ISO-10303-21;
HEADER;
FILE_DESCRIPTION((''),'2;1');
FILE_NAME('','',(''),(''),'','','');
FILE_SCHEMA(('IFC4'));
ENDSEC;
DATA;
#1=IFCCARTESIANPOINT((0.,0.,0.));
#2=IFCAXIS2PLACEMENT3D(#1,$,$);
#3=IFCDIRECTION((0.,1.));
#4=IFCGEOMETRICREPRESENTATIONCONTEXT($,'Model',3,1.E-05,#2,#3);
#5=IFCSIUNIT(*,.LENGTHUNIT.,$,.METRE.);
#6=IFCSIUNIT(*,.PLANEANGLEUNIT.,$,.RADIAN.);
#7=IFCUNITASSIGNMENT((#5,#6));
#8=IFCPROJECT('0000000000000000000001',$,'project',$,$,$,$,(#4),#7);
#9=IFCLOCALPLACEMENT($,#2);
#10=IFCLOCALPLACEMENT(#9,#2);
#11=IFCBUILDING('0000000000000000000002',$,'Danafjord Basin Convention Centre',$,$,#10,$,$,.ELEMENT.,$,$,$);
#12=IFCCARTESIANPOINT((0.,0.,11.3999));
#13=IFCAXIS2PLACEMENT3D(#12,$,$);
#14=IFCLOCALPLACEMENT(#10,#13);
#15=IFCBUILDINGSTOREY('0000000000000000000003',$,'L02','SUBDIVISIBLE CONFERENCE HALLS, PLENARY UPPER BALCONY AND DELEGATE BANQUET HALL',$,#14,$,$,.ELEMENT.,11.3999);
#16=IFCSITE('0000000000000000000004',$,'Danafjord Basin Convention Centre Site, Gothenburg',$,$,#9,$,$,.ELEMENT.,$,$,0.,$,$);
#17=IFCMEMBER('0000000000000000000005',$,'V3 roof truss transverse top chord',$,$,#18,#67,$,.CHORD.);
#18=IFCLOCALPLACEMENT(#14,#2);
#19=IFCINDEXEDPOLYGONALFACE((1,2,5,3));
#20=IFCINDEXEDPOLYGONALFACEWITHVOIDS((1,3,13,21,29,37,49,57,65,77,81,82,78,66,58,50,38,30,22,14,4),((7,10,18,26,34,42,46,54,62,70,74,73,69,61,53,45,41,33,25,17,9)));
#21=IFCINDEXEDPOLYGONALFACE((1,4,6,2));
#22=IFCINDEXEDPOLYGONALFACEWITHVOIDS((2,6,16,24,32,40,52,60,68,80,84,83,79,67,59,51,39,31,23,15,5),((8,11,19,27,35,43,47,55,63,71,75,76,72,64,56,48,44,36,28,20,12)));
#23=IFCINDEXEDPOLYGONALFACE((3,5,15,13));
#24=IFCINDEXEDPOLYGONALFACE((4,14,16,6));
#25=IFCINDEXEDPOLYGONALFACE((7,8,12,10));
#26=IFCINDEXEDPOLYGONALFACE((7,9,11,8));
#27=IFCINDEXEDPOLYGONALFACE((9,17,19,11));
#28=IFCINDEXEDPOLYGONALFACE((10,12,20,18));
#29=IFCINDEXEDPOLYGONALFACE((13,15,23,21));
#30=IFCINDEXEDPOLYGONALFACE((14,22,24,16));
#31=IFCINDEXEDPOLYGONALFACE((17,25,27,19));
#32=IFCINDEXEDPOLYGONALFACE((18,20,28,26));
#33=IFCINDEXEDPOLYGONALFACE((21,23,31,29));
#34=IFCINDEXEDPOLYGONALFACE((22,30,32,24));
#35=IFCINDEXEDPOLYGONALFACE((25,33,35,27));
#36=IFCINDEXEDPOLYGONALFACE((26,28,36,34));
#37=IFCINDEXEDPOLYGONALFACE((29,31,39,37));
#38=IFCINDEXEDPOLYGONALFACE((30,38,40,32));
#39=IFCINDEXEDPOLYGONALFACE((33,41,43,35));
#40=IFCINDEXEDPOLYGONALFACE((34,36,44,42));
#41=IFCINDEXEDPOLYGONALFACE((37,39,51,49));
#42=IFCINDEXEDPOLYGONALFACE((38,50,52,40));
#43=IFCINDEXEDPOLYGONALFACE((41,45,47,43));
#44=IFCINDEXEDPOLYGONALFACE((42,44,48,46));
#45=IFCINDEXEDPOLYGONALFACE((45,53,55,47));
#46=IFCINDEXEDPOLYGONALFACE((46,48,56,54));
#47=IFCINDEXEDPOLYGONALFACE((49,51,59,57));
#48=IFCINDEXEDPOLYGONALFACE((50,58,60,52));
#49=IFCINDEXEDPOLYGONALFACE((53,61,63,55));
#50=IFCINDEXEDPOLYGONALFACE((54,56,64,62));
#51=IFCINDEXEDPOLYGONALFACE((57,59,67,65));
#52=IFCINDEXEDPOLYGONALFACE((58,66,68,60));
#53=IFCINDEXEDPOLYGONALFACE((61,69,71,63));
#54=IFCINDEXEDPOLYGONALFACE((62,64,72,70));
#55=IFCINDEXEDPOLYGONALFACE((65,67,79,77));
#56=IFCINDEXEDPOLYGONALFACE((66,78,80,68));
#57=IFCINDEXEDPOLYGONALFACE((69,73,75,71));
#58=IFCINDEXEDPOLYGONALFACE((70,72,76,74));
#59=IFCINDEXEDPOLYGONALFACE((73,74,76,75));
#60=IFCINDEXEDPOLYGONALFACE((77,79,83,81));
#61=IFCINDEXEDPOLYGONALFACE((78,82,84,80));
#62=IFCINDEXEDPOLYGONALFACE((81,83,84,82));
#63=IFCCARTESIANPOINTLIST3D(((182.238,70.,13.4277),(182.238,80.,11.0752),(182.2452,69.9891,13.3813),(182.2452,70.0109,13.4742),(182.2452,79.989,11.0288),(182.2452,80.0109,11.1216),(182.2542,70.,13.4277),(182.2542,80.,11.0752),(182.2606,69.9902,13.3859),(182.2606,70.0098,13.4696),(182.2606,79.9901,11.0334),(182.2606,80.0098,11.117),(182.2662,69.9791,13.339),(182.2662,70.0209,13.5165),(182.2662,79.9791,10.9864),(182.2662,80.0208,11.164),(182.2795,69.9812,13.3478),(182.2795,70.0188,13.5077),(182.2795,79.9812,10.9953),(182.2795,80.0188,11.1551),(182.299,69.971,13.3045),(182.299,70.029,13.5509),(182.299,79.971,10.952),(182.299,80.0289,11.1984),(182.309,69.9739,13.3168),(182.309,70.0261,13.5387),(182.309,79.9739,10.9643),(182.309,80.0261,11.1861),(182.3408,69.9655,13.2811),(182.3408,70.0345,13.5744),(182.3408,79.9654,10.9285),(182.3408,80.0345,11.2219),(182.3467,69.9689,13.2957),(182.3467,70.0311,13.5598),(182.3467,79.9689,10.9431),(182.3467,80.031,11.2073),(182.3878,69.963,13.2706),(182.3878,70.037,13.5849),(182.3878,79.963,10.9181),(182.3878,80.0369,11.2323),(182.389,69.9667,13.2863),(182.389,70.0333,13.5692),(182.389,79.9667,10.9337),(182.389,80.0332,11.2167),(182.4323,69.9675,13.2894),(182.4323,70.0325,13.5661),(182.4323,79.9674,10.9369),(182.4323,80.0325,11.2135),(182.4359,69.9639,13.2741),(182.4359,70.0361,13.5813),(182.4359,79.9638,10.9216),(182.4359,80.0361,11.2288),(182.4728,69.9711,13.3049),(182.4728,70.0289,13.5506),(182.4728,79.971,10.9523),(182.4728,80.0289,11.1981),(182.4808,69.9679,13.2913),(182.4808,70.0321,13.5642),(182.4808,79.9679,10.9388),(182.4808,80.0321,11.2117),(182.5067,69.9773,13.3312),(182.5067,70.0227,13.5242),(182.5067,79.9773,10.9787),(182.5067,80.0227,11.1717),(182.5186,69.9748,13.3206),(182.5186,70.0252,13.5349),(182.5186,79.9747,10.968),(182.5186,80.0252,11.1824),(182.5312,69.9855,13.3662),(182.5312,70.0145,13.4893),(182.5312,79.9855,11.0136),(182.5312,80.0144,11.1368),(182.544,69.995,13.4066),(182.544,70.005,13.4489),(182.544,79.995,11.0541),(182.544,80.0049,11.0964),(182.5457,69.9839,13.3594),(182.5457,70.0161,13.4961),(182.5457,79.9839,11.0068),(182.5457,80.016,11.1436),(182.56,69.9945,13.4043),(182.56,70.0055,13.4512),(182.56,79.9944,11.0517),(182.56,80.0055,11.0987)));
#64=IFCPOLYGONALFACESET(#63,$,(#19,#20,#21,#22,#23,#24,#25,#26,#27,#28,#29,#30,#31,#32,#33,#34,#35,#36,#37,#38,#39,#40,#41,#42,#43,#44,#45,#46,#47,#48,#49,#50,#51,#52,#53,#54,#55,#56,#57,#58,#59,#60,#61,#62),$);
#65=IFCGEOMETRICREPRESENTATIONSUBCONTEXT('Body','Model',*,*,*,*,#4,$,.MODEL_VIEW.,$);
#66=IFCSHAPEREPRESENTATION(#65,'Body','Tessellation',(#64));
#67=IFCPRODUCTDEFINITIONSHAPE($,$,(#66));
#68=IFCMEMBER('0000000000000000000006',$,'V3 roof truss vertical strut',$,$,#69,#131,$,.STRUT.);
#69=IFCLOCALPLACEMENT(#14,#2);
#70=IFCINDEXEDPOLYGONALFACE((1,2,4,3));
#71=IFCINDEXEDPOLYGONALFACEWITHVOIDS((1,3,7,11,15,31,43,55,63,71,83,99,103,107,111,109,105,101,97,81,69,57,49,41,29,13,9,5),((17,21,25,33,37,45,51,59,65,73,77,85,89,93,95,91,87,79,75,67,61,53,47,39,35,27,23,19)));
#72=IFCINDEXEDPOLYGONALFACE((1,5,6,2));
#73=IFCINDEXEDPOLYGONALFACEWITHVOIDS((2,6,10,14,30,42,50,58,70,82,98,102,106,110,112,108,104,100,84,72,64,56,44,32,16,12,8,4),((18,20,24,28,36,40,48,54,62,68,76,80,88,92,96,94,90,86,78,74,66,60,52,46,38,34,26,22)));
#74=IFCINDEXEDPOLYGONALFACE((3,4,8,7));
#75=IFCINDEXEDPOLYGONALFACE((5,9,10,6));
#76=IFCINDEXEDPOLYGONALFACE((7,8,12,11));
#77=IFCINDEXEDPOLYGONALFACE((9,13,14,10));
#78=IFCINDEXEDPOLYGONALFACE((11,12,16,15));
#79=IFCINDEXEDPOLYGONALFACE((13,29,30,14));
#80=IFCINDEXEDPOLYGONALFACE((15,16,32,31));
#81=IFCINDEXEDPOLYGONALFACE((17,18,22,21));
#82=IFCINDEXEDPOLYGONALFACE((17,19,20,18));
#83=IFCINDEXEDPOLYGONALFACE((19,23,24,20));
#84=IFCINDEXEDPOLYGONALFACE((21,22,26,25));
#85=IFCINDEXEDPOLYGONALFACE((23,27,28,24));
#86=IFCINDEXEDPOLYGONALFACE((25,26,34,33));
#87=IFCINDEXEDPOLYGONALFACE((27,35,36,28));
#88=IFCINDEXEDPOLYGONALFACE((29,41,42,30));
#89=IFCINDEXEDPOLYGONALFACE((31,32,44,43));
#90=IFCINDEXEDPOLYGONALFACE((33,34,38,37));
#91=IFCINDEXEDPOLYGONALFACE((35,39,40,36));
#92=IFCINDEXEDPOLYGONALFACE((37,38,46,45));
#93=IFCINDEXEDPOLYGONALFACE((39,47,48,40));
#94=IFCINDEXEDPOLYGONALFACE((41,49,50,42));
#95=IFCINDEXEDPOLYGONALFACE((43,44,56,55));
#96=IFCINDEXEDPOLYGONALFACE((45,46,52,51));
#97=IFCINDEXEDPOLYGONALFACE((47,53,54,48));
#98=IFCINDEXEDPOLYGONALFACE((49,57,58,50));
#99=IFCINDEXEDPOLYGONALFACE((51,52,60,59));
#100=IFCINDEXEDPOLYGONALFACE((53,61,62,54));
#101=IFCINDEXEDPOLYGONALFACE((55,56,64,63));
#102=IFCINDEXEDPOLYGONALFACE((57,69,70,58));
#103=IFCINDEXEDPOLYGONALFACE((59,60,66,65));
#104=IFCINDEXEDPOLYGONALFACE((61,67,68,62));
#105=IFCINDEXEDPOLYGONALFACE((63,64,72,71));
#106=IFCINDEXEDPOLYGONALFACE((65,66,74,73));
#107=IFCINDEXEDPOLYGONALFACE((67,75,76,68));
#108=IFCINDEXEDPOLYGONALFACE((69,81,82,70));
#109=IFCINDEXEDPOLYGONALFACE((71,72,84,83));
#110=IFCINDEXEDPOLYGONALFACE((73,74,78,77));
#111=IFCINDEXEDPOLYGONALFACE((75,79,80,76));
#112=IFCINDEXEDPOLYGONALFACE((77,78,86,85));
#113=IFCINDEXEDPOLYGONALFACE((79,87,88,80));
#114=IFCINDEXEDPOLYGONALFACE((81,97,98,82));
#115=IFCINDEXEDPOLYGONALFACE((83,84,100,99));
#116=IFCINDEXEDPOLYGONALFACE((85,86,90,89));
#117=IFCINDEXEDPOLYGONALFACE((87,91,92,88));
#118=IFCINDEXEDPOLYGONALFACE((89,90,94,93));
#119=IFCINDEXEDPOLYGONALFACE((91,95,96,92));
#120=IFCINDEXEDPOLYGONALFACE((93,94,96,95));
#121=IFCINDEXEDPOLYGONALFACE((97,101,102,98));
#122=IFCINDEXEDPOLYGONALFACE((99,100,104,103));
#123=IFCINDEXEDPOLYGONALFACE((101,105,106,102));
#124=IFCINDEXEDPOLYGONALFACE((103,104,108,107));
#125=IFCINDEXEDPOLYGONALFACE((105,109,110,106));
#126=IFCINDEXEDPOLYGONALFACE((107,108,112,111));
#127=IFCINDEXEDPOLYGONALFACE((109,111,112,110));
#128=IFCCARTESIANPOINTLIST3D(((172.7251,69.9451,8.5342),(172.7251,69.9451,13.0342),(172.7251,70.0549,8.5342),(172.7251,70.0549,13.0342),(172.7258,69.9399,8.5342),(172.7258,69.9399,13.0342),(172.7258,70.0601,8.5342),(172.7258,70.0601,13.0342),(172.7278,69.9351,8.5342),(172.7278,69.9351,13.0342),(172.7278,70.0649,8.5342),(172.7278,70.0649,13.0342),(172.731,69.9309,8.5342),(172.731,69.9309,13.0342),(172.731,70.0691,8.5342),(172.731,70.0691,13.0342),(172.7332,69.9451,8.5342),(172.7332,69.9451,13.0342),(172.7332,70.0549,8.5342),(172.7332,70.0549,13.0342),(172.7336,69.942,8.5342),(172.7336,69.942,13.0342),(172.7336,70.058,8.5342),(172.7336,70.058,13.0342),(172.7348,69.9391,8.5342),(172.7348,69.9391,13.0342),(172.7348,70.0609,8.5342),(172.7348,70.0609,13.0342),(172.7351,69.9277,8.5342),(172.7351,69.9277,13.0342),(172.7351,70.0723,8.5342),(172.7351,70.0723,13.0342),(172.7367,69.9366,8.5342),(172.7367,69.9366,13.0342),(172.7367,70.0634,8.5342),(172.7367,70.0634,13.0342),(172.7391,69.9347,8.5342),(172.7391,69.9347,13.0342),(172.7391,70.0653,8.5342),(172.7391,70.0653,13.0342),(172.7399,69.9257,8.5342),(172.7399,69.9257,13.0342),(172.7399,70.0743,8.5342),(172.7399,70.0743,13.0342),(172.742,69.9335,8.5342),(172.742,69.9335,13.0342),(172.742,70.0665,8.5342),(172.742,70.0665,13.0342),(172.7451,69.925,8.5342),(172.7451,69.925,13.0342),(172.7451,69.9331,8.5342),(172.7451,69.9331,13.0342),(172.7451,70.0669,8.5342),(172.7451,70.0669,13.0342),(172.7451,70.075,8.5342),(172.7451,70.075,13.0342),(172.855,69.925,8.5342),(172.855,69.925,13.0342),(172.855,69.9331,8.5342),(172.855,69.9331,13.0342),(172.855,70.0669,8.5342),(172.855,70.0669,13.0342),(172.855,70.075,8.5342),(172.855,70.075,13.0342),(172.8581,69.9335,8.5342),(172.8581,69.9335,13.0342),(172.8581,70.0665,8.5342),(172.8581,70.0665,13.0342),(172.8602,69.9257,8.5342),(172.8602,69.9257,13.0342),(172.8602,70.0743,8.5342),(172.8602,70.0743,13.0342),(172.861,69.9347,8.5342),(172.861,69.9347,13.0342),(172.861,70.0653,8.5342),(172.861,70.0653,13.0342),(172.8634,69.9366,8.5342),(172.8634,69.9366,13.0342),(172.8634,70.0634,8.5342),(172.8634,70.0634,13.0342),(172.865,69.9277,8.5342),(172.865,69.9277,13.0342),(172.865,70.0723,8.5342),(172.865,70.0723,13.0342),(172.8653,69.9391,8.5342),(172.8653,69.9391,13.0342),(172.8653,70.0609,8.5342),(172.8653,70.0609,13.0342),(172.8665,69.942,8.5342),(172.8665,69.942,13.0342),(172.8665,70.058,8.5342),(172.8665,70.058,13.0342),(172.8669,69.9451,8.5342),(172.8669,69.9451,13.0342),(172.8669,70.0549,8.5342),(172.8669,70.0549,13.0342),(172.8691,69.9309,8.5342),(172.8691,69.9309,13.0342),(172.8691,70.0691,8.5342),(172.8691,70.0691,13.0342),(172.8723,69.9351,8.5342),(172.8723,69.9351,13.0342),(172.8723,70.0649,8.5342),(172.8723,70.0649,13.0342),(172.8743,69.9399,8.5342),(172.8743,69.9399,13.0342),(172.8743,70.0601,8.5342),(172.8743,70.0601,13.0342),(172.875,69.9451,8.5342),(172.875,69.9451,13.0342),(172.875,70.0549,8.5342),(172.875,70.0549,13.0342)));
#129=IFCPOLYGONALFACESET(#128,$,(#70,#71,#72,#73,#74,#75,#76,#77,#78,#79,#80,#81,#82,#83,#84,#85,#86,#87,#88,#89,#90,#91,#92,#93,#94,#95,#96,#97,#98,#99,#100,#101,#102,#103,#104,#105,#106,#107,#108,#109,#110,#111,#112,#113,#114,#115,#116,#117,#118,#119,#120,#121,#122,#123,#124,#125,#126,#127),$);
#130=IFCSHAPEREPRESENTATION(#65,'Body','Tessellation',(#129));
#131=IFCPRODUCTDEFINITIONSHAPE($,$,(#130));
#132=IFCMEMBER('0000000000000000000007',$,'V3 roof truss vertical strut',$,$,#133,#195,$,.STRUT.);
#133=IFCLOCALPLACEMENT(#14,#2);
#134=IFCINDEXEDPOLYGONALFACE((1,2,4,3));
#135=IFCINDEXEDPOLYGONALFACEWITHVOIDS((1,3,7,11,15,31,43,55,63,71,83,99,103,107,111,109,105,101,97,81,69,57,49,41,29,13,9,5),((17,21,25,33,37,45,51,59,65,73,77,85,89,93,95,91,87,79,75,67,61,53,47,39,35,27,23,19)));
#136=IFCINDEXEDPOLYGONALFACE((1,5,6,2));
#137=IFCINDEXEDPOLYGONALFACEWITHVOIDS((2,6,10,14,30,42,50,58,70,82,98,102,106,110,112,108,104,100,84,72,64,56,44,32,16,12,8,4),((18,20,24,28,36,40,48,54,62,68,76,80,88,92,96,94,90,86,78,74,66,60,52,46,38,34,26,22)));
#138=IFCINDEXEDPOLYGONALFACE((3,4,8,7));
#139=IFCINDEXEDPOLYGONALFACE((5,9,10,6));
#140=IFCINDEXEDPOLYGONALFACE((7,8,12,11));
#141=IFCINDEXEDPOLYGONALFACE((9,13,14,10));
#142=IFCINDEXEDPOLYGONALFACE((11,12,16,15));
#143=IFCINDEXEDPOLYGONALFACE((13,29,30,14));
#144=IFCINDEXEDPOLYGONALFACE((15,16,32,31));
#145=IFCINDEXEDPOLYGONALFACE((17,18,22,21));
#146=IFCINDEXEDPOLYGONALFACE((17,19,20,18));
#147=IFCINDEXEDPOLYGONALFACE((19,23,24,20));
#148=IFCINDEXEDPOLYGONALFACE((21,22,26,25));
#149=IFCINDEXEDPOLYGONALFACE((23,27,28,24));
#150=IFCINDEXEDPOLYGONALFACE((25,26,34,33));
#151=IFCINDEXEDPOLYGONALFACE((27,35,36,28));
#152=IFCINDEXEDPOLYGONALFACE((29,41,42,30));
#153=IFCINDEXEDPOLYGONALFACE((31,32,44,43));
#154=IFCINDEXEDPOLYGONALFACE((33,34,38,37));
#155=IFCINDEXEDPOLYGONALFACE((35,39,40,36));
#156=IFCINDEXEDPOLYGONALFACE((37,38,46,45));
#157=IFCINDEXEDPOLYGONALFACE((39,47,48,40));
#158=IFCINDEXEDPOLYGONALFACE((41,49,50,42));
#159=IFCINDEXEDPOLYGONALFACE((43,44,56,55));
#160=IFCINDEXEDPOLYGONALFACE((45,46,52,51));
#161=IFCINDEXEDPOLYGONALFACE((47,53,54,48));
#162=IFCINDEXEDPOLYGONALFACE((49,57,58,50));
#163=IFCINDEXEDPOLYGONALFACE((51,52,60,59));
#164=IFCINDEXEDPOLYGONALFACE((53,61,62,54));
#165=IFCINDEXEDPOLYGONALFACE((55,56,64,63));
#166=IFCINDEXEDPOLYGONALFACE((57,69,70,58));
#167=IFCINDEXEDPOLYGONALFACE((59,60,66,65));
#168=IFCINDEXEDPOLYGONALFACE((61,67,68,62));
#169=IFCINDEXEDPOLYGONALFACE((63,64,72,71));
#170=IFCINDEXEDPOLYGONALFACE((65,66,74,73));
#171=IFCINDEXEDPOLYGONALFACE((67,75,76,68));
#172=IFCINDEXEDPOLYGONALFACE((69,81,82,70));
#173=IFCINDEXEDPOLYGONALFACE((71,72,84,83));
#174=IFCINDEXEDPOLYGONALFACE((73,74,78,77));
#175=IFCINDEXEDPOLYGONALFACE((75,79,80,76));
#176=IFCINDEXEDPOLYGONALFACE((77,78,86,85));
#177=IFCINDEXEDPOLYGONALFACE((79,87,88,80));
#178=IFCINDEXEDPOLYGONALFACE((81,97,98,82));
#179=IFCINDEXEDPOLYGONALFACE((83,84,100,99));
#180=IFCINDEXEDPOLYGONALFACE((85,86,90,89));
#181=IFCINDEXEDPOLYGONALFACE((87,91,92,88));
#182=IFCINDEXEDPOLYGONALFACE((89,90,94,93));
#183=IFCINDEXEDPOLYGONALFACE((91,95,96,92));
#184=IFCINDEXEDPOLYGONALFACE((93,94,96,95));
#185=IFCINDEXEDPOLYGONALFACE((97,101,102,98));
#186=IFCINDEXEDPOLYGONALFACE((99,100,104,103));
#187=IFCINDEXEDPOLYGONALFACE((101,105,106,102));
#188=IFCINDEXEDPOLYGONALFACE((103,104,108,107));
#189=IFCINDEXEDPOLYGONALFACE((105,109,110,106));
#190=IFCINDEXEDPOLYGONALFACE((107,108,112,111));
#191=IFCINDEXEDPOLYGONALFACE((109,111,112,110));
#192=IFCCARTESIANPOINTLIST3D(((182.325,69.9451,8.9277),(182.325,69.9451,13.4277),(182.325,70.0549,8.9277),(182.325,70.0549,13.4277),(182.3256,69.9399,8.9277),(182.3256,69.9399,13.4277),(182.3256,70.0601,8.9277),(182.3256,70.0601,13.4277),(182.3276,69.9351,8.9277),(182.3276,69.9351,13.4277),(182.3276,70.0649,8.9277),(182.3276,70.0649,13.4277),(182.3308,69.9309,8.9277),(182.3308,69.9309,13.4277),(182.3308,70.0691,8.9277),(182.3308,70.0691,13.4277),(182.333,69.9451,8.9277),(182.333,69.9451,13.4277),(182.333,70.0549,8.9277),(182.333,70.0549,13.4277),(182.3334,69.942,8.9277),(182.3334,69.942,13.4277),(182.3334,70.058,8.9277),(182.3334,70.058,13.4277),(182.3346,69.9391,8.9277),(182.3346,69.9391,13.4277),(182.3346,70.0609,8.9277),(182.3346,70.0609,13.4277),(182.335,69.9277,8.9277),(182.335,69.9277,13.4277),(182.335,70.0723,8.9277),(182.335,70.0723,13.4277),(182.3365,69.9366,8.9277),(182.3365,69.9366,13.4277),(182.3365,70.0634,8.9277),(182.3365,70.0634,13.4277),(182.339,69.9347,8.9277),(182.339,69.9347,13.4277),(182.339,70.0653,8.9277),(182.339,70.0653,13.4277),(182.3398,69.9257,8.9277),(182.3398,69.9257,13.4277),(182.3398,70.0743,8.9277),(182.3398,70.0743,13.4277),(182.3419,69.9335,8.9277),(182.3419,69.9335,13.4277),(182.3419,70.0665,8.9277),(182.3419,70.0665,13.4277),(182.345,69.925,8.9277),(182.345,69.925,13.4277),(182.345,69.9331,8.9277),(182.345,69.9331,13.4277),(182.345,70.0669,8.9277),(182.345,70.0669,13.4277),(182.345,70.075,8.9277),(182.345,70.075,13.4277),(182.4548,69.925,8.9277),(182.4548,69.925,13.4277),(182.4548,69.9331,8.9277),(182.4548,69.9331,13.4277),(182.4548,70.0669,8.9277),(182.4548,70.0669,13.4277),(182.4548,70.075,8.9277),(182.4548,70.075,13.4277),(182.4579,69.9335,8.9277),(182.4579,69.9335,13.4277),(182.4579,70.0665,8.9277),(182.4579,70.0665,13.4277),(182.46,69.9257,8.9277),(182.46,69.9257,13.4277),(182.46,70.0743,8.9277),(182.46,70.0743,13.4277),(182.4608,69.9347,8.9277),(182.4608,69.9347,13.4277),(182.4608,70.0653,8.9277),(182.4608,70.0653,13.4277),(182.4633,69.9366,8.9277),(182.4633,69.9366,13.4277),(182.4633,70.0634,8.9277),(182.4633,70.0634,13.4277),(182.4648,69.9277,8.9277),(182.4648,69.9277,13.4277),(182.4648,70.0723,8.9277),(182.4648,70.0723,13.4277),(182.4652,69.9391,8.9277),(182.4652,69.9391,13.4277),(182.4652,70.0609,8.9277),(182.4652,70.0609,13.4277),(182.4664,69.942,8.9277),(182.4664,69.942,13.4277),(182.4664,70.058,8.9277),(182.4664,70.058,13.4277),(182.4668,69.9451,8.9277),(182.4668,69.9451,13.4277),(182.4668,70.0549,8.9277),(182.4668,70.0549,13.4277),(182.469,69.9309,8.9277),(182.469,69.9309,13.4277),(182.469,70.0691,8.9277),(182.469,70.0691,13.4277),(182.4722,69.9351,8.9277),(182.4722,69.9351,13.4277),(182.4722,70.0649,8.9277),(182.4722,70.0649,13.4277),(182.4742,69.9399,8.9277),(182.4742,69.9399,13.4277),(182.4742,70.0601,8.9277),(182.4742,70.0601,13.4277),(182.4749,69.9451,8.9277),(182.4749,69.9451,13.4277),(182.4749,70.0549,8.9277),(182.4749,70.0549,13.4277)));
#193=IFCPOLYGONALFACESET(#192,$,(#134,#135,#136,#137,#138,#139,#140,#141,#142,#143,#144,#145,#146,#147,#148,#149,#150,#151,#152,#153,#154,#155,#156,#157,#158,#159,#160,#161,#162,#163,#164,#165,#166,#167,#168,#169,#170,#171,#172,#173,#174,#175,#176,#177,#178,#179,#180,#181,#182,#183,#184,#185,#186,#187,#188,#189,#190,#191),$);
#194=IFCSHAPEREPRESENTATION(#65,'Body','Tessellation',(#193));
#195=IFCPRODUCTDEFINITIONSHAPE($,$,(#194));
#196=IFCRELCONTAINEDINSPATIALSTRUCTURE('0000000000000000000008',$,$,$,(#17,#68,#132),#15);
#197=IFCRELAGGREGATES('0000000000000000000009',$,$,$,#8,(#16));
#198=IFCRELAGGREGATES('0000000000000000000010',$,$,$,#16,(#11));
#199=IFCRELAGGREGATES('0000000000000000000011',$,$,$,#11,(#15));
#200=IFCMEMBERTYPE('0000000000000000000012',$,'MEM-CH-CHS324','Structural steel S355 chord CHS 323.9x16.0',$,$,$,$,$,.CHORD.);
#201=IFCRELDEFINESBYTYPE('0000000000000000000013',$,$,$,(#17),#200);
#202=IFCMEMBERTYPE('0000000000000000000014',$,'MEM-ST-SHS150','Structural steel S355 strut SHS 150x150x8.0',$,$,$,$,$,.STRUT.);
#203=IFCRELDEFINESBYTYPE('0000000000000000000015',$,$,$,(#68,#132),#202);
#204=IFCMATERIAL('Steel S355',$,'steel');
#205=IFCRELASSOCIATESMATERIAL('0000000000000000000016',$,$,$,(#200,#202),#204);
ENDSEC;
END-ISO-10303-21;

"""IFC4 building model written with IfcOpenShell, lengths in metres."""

from ifc_helpers import new_model, si_unit, direction, frame, origin, origin_2d, place, context, subcontext, project, spatial, hollow_rectangle, hollow_circle, extrude, material, material_profile, profile_set, type_object, element, save


model = new_model("IFC4")

# Units and contexts
model_context = context("Model", 3, precision=1e-05, world=origin(), true_north=direction((0.0, 1.0)))
body_context = subcontext(model_context, "Body", "Model", "MODEL_VIEW")
ifc_project = project(units=[si_unit("LENGTHUNIT", "METRE"), si_unit("PLANEANGLEUNIT", "RADIAN")], contexts=[model_context])

# Site, building, storey
site_placement = place(None, origin())
site = spatial("IfcSite", under=ifc_project, at=site_placement, Name="Danafjord Basin Convention Centre Site, Gothenburg", CompositionType="ELEMENT", RefElevation=0.0)
building_placement = place(site_placement, origin())
building = spatial("IfcBuilding", under=site, at=building_placement, Name="Danafjord Basin Convention Centre", CompositionType="ELEMENT")
storey_placement = place(building_placement, frame((0.0, 0.0, 11.3999)))
storey = spatial("IfcBuildingStorey", under=building, at=storey_placement, Name="L02", Description="SUBDIVISIBLE CONFERENCE HALLS, PLENARY UPPER BALCONY AND DELEGATE BANQUET HALL", CompositionType="ELEMENT", Elevation=11.3999)

# Members
ifc_material = material(Name="Steel S355", Category="steel")
ifc_material_profile_1 = material_profile(ifc_material, hollow_circle(Radius=0.1619, WallThickness=0.0161, at=origin_2d()), Name="CHS 323.9x16.0")
ifc_profile_set_1 = profile_set([ifc_material_profile_1], Name="Steel S355")
member_type_1 = type_object("IfcMemberType", Name="MEM-CH-CHS324", Description="Structural steel S355 chord CHS 323.9x16.0", PredefinedType="CHORD", material=ifc_profile_set_1)
member_1_placement = place(storey_placement, frame((182.3999, 70.0, 13.4277), z_axis=(0.0, 0.973426, -0.229002), x_axis=(-1.0, 0.0, 0.0)))
element("IfcMember", 1, at=member_1_placement, inside=storey, type_object=member_type_1, Name="V3 roof truss transverse top chord", PredefinedType="CHORD", context=body_context, shape_type="SweptSolid", body=[
    extrude(hollow_circle(Radius=0.1619, WallThickness=0.0161, at=origin_2d()), origin(), (0.0, 0.0, 1.0), 10.2729),
])
ifc_material_profile_2 = material_profile(ifc_material, hollow_rectangle(XDim=0.1499, YDim=0.1499, WallThickness=0.0081, InnerFilletRadius=0.012, OuterFilletRadius=0.02, at=origin_2d()), Name="SHS 150x150x8.0")
ifc_profile_set_2 = profile_set([ifc_material_profile_2], Name="Steel S355")
member_type_2 = type_object("IfcMemberType", Name="MEM-ST-SHS150", Description="Structural steel S355 strut SHS 150x150x8.0", PredefinedType="STRUT", material=ifc_profile_set_2)
for number, where, z_axis, x_axis, name in (
    (2, (172.8, 70.0, 8.5342), (0.0, 0.0, 1.0), (1.0, 0.0, 0.0), "V3 roof truss vertical strut"),
    (3, (182.3999, 70.0, 8.9277), (0.0, 0.0, 1.0), (1.0, 0.0, 0.0), "V3 roof truss vertical strut"),
):
    element("IfcMember", number, at=place(storey_placement, frame(where, z_axis=z_axis, x_axis=x_axis)), inside=storey, type_object=member_type_2, Name=name, PredefinedType="STRUT", context=body_context, shape_type="SweptSolid", body=[
        extrude(hollow_rectangle(XDim=0.1499, YDim=0.1499, WallThickness=0.0081, InnerFilletRadius=0.012, OuterFilletRadius=0.02, at=origin_2d()), origin(), (0.0, 0.0, 1.0), 4.5),
    ])

save(model, "model.ifc")
